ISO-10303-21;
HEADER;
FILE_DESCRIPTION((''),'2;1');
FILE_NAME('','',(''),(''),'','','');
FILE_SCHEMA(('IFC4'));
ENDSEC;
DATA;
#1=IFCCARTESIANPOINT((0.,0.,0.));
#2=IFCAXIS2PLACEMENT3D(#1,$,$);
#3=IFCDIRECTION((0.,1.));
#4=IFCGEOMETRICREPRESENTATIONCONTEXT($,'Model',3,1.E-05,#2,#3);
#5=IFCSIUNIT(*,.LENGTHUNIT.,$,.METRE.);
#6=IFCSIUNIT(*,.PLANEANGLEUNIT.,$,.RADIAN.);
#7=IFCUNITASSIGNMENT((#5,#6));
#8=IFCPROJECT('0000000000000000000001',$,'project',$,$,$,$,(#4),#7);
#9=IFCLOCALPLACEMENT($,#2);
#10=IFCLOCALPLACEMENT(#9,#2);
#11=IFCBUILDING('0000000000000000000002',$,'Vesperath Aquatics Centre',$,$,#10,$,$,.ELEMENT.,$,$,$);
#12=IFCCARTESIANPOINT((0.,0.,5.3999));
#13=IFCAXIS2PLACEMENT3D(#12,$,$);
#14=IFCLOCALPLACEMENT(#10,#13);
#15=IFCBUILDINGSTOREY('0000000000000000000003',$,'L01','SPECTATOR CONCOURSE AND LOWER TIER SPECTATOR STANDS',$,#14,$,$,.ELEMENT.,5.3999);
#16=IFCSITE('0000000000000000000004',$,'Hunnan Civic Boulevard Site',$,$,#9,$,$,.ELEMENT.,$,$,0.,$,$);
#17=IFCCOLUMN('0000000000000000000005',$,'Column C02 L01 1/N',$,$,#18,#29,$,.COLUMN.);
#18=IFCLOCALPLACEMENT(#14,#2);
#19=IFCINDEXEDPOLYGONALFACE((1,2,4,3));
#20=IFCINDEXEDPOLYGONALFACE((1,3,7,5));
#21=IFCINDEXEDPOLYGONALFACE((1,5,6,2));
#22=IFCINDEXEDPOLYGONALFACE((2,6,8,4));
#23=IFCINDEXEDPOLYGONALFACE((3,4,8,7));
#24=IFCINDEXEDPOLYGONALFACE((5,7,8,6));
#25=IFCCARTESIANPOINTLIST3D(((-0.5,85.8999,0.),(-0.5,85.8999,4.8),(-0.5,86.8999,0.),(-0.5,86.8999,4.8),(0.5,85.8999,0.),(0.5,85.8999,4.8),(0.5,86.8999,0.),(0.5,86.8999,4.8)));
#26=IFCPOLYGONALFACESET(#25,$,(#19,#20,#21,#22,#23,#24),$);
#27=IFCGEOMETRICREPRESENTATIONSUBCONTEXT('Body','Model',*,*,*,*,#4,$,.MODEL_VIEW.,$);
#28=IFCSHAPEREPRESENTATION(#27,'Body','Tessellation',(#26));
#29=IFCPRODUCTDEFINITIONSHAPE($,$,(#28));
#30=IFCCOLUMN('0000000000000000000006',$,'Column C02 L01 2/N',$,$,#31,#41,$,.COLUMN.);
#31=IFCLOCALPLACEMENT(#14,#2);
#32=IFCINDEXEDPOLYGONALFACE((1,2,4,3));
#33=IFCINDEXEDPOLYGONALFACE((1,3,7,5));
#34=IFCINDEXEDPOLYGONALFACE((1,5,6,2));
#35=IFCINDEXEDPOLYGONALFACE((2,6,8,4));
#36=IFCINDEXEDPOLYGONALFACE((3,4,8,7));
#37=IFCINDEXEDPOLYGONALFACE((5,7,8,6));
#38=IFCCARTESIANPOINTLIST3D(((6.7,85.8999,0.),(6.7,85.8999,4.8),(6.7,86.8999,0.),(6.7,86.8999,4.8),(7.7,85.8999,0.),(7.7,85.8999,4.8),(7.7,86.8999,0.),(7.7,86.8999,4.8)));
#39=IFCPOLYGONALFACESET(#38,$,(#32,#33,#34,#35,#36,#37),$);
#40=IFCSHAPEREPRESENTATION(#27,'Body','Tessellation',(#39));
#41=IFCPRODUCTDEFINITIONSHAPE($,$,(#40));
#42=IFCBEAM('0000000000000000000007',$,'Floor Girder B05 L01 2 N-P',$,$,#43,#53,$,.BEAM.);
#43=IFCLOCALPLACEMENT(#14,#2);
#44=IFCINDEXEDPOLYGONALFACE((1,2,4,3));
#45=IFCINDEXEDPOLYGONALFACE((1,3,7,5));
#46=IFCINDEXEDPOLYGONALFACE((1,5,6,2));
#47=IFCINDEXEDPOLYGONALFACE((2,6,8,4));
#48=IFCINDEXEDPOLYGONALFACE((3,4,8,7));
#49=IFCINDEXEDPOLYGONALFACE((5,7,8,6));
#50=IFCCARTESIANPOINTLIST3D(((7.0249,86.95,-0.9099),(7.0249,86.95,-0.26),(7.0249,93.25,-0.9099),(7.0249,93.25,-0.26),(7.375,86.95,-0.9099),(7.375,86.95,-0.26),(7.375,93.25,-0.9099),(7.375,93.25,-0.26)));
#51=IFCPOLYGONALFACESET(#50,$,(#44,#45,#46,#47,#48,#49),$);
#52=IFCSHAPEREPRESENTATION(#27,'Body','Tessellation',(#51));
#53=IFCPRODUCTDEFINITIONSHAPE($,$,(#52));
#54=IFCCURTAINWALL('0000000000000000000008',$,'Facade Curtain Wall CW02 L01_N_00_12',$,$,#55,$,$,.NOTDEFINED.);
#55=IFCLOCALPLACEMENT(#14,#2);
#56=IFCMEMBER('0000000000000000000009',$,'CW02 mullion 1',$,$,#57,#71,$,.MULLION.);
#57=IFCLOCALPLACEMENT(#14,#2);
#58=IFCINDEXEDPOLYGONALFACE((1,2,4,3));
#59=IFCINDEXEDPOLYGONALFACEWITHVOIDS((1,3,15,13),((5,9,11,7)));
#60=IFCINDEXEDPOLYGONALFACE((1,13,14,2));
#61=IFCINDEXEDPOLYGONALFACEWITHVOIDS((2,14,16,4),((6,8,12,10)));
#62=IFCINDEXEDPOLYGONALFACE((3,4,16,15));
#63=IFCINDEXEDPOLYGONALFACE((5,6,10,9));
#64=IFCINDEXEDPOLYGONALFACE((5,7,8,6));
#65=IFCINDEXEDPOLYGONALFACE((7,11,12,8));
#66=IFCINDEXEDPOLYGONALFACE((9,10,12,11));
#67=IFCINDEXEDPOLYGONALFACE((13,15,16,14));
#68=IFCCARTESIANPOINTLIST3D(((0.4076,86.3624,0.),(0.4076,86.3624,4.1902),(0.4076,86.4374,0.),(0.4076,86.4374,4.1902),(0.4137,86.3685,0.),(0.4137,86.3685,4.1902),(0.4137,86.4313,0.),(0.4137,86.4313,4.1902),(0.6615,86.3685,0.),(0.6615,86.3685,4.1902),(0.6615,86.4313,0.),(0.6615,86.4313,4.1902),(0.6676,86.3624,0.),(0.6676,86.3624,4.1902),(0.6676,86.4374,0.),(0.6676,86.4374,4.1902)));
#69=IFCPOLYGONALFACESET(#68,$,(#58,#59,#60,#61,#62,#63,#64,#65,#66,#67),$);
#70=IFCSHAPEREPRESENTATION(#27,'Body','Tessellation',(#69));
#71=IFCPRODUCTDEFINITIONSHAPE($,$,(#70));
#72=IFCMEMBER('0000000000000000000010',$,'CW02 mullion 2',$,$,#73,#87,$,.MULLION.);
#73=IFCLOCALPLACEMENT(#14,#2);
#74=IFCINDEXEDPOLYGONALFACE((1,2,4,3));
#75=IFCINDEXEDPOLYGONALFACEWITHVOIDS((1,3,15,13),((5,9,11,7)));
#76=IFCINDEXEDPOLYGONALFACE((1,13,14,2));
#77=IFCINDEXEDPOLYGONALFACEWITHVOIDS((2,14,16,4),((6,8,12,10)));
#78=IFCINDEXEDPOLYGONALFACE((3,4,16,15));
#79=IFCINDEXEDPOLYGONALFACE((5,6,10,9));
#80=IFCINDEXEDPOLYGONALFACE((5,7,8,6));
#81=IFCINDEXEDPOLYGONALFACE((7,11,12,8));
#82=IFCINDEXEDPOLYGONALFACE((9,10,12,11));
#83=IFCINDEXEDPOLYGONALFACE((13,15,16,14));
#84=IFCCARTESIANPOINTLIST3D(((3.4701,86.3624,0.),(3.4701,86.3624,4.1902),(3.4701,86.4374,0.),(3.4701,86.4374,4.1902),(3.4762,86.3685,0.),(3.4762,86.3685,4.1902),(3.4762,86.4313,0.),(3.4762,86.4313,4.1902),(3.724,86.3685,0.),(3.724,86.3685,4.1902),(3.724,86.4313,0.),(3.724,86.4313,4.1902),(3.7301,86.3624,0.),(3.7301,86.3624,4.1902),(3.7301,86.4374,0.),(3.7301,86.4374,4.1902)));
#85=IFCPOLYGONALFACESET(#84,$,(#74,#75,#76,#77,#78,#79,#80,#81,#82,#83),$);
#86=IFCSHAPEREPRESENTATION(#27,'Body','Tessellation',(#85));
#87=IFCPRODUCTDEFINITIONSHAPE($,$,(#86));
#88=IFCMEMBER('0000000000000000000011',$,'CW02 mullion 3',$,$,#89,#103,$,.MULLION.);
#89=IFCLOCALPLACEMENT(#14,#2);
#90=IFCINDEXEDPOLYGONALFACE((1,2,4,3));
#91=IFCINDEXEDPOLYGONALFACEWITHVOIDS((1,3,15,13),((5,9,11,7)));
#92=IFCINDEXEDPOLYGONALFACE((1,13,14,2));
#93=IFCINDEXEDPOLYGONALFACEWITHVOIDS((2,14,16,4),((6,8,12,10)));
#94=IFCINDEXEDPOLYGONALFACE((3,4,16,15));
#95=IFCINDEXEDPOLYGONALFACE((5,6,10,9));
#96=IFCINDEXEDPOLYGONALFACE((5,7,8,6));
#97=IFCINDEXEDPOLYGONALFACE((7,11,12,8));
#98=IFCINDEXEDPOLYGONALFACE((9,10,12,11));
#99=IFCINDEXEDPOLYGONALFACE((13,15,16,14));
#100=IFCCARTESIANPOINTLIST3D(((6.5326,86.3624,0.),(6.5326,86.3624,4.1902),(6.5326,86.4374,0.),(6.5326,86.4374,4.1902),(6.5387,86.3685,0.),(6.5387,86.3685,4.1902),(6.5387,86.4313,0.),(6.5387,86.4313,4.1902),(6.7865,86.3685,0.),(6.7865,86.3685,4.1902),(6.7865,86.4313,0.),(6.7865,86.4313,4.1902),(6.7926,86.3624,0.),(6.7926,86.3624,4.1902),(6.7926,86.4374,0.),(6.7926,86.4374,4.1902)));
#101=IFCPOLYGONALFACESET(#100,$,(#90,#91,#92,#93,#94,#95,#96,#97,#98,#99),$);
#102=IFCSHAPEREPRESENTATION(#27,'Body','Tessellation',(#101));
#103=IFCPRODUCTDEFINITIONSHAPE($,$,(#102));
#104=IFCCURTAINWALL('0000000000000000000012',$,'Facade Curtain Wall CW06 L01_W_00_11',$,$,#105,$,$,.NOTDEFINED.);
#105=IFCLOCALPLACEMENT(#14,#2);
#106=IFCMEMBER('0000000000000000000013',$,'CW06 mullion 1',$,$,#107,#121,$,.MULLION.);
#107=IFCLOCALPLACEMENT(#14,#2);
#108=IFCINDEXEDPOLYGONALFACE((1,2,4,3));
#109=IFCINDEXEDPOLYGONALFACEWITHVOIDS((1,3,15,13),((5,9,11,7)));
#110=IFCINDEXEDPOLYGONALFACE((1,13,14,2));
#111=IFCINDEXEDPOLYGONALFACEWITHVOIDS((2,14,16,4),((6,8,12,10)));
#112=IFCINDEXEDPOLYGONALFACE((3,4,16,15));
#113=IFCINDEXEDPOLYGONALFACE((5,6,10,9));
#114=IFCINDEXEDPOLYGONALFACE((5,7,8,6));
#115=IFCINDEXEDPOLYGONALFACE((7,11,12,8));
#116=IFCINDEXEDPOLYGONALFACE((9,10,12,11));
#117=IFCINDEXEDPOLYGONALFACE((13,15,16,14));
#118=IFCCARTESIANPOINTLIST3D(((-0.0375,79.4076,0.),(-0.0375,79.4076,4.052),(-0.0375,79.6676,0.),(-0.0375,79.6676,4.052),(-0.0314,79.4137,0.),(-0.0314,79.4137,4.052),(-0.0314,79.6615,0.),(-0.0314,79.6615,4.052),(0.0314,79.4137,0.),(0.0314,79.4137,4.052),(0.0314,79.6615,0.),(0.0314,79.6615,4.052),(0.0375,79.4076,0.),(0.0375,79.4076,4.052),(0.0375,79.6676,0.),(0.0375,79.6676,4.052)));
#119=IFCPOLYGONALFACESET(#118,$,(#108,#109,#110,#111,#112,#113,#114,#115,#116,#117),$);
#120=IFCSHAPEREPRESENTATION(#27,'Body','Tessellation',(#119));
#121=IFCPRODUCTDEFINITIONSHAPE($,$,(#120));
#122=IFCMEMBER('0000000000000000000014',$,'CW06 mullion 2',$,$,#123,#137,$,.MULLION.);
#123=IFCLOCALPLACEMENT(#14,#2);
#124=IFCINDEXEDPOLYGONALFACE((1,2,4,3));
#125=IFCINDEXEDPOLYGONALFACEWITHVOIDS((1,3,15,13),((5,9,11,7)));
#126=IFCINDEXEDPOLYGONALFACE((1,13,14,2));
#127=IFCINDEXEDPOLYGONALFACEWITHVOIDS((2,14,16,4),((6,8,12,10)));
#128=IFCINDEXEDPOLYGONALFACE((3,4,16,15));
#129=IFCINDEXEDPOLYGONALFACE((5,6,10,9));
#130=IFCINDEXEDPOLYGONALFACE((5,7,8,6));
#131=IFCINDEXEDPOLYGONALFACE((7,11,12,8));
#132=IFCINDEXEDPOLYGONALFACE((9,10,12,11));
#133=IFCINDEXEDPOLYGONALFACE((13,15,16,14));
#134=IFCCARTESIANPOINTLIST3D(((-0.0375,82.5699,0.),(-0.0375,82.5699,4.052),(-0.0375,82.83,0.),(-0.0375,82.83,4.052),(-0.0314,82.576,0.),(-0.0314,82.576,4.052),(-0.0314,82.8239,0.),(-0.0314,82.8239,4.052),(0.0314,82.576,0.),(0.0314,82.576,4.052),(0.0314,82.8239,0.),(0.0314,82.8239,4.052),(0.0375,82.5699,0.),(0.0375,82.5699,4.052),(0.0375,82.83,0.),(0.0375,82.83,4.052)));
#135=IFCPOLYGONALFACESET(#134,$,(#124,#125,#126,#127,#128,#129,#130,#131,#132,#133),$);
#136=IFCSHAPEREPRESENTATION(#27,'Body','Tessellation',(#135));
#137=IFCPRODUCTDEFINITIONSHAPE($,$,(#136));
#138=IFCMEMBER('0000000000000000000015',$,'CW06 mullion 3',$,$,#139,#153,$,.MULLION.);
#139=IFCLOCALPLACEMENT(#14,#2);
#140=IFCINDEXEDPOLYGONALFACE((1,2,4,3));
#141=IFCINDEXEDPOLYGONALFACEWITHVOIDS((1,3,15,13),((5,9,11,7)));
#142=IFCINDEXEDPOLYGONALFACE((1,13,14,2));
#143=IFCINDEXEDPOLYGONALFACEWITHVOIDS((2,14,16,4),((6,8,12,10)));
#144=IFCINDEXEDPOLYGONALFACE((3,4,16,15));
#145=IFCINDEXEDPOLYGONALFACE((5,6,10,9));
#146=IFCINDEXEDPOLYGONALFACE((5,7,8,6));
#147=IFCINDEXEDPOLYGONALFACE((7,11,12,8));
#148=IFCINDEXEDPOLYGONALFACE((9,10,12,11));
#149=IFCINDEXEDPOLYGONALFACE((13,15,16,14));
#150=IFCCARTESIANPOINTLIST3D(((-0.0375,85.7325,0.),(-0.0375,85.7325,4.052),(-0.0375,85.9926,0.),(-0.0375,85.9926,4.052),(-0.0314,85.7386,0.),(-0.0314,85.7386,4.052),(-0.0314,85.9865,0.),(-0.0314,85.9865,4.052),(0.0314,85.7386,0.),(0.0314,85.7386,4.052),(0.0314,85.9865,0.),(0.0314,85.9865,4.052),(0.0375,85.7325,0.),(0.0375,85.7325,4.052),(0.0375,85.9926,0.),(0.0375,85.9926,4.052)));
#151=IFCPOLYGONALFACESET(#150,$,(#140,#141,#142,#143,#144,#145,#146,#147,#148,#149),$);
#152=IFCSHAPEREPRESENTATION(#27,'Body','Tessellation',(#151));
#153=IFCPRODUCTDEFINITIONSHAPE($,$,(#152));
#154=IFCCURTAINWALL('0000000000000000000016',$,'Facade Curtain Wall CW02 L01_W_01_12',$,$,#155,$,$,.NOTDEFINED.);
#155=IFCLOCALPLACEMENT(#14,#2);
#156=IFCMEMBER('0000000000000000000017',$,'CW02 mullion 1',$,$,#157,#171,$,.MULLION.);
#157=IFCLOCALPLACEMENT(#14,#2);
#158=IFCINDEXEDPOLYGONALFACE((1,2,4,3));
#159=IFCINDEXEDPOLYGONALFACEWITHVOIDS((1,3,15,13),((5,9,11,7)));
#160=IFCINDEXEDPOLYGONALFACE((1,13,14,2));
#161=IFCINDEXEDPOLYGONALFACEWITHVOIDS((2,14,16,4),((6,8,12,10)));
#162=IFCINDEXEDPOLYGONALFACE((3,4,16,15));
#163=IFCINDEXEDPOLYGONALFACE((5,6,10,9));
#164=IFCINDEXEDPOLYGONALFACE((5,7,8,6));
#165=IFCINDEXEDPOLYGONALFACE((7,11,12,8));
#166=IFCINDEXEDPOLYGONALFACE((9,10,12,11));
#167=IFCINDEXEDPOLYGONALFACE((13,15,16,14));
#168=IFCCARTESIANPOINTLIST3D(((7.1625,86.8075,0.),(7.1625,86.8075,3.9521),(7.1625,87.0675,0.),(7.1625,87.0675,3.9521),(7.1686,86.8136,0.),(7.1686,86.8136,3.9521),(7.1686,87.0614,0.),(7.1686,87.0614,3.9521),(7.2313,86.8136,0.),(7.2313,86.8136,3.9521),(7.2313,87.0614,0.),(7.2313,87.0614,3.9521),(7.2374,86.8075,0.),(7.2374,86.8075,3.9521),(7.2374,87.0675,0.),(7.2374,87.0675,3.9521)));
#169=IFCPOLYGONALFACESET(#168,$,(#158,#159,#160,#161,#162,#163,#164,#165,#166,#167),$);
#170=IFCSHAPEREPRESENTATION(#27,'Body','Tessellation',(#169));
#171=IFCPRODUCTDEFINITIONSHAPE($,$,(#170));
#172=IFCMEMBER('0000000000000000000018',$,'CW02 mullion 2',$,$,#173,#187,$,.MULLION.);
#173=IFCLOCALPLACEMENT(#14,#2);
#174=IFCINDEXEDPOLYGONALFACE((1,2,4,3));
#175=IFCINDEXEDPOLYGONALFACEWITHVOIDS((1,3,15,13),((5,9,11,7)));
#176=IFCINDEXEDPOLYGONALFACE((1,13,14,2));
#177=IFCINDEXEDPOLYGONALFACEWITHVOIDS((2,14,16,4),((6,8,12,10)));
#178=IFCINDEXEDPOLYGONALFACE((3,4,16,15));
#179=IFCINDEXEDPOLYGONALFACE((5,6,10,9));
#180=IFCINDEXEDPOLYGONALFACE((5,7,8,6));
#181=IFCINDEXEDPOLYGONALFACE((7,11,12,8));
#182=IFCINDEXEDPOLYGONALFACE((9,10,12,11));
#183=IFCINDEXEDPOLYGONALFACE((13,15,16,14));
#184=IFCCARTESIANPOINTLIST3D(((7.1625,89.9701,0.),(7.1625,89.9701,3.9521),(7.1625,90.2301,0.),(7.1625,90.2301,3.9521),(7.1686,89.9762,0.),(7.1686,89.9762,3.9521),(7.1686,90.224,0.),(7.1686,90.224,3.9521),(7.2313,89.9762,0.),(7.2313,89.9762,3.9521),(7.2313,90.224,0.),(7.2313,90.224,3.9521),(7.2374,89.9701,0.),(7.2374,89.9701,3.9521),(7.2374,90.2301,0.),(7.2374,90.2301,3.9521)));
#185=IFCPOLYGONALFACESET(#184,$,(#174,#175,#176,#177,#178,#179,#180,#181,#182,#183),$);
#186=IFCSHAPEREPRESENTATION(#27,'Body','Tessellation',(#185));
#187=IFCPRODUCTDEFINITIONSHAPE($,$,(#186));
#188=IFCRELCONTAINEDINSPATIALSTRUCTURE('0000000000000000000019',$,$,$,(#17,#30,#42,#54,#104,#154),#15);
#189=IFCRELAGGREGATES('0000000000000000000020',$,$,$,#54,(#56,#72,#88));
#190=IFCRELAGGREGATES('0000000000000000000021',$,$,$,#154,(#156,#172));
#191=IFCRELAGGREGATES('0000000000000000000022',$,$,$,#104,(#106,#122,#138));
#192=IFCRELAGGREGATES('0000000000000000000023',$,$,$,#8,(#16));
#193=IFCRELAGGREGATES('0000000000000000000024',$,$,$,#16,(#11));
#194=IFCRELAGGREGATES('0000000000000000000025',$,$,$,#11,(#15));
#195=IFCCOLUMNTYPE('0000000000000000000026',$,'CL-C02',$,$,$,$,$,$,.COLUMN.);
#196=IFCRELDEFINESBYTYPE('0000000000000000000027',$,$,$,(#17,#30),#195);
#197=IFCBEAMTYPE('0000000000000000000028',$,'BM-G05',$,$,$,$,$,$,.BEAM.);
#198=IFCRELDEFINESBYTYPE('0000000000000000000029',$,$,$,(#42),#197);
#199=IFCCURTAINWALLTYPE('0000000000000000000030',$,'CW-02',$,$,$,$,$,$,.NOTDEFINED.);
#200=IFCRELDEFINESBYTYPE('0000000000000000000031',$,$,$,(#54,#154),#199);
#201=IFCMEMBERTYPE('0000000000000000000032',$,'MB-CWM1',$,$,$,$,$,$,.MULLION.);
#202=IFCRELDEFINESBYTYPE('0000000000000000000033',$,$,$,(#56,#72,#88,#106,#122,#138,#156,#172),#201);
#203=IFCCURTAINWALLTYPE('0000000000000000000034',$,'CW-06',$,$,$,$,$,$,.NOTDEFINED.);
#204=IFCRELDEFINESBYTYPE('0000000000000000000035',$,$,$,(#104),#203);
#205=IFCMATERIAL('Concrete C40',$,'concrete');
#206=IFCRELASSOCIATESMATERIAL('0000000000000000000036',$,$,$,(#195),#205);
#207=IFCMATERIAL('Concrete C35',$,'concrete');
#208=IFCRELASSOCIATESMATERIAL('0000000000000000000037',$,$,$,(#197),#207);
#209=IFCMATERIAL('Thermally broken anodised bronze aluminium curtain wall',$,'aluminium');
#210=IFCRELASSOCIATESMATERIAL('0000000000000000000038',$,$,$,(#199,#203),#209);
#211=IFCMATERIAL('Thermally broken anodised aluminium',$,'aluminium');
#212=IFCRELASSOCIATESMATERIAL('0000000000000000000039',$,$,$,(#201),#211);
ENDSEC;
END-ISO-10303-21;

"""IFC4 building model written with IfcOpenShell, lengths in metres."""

from ifc_helpers import new_model, si_unit, direction, frame, origin, origin_2d, place, context, subcontext, project, spatial, rectangle, hollow_rectangle, extrude, material, material_profile, profile_set, type_object, element, aggregate, save


model = new_model("IFC4")

# Units and contexts
model_context = context("Model", 3, precision=1e-05, world=origin(), true_north=direction((0.0, 1.0)))
body_context = subcontext(model_context, "Body", "Model", "MODEL_VIEW")
ifc_project = project(units=[si_unit("LENGTHUNIT", "METRE"), si_unit("PLANEANGLEUNIT", "RADIAN")], contexts=[model_context])

# Site, building, storey
site_placement = place(None, origin())
site = spatial("IfcSite", under=ifc_project, at=site_placement, Name="Hunnan Civic Boulevard Site", CompositionType="ELEMENT", RefElevation=0.0)
building_placement = place(site_placement, origin())
building = spatial("IfcBuilding", under=site, at=building_placement, Name="Vesperath Aquatics Centre", CompositionType="ELEMENT")
storey_placement = place(building_placement, frame((0.0, 0.0, 5.3999)))
storey = spatial("IfcBuildingStorey", under=building, at=storey_placement, Name="L01", Description="SPECTATOR CONCOURSE AND LOWER TIER SPECTATOR STANDS", CompositionType="ELEMENT", Elevation=5.3999)

# Columns
ifc_material_1 = material(Name="Concrete C40", Category="concrete")
ifc_material_profile_1 = material_profile(ifc_material_1, rectangle(XDim=1.0, YDim=1.0, at=origin_2d()), Name="RC 1000x1000")
ifc_profile_set_1 = profile_set([ifc_material_profile_1], Name="Concrete C40")
column_type = type_object("IfcColumnType", Name="CL-C02", PredefinedType="COLUMN", material=ifc_profile_set_1)
for number, where, z_axis, x_axis, name in (
    (1, (0.0, 86.3999, 0.0), (0.0, 0.0, 1.0), (1.0, 0.0, 0.0), "Column C02 L01 1/N"),
    (2, (7.2, 86.3999, 0.0), (0.0, 0.0, 1.0), (1.0, 0.0, 0.0), "Column C02 L01 2/N"),
):
    element("IfcColumn", number, at=place(storey_placement, frame(where, z_axis=z_axis, x_axis=x_axis)), inside=storey, type_object=column_type, Name=name, PredefinedType="COLUMN", context=body_context, shape_type="SweptSolid", body=[
        extrude(rectangle(XDim=1.0, YDim=1.0, at=origin_2d()), origin(), (0.0, 0.0, 1.0), 4.8),
    ])

# Beam
ifc_material_2 = material(Name="Concrete C35", Category="concrete")
ifc_material_profile_2 = material_profile(ifc_material_2, rectangle(XDim=0.3501, YDim=0.6499, at=origin_2d()), Name="RC 350x650")
ifc_profile_set_2 = profile_set([ifc_material_profile_2], Name="Concrete C35")
beam_type = type_object("IfcBeamType", Name="BM-G05", PredefinedType="BEAM", material=ifc_profile_set_2)
beam_placement = place(storey_placement, frame((7.2, 86.95, -0.585), z_axis=(0.0, 1.0, 0.0), x_axis=(-1.0, 0.0, 0.0)))
element("IfcBeam", 3, at=beam_placement, inside=storey, type_object=beam_type, Name="Floor Girder B05 L01 2 N-P", PredefinedType="BEAM", context=body_context, shape_type="SweptSolid", body=[
    extrude(rectangle(XDim=0.3501, YDim=0.6499, at=origin_2d()), origin(), (0.0, 0.0, 1.0), 6.3),
])

# Curtain walls, members
ifc_material_3 = material(Name="Thermally broken anodised bronze aluminium curtain wall", Category="aluminium")
curtain_wall_type_1 = type_object("IfcCurtainWallType", Name="CW-02", PredefinedType="NOTDEFINED", material=ifc_material_3)
curtain_wall_1_placement = place(storey_placement, origin())
curtain_wall_1 = element("IfcCurtainWall", 4, at=curtain_wall_1_placement, inside=storey, type_object=curtain_wall_type_1, Name="Facade Curtain Wall CW02 L01_N_00_12", PredefinedType="NOTDEFINED")
ifc_material_4 = material(Name="Thermally broken anodised aluminium", Category="aluminium")
ifc_material_profile_3 = material_profile(ifc_material_4, hollow_rectangle(XDim=0.075, YDim=0.26, WallThickness=0.0061, at=origin_2d()), Name="CWM 75x260x6")
ifc_profile_set_3 = profile_set([ifc_material_profile_3], Name="Thermally broken anodised aluminium")
member_type_1 = type_object("IfcMemberType", Name="MB-CWM1", PredefinedType="MULLION", material=ifc_profile_set_3)
member_1_placement = place(storey_placement, frame((0.5376, 86.3999, 0.0), z_axis=(0.0, 0.0, 1.0), x_axis=(0.0, 1.0, 0.0)))
member_1 = element("IfcMember", 5, at=member_1_placement, type_object=member_type_1, Name="CW02 mullion 1", PredefinedType="MULLION", context=body_context, shape_type="SweptSolid", body=[
    extrude(hollow_rectangle(XDim=0.075, YDim=0.26, WallThickness=0.0061, at=origin_2d()), origin(), (0.0, 0.0, 1.0), 4.1902),
])
member_2_placement = place(storey_placement, frame((3.6001, 86.3999, 0.0), z_axis=(0.0, 0.0, 1.0), x_axis=(0.0, 1.0, 0.0)))
member_2 = element("IfcMember", 6, at=member_2_placement, type_object=member_type_1, Name="CW02 mullion 2", PredefinedType="MULLION", context=body_context, shape_type="SweptSolid", body=[
    extrude(hollow_rectangle(XDim=0.075, YDim=0.26, WallThickness=0.0061, at=origin_2d()), origin(), (0.0, 0.0, 1.0), 4.1902),
])
member_3_placement = place(storey_placement, frame((6.6626, 86.3999, 0.0), z_axis=(0.0, 0.0, 1.0), x_axis=(0.0, 1.0, 0.0)))
member_3 = element("IfcMember", 7, at=member_3_placement, type_object=member_type_1, Name="CW02 mullion 3", PredefinedType="MULLION", context=body_context, shape_type="SweptSolid", body=[
    extrude(hollow_rectangle(XDim=0.075, YDim=0.26, WallThickness=0.0061, at=origin_2d()), origin(), (0.0, 0.0, 1.0), 4.1902),
])
curtain_wall_type_2 = type_object("IfcCurtainWallType", Name="CW-06", PredefinedType="NOTDEFINED", material=ifc_material_3)
curtain_wall_2_placement = place(storey_placement, origin())
curtain_wall_2 = element("IfcCurtainWall", 8, at=curtain_wall_2_placement, inside=storey, type_object=curtain_wall_type_2, Name="Facade Curtain Wall CW06 L01_W_00_11", PredefinedType="NOTDEFINED")
member_4_placement = place(storey_placement, frame((0.0, 79.5376, 0.0), z_axis=(0.0, 0.0, 1.0), x_axis=(-1.0, 0.0, 0.0)))
member_4 = element("IfcMember", 9, at=member_4_placement, type_object=member_type_1, Name="CW06 mullion 1", PredefinedType="MULLION", context=body_context, shape_type="SweptSolid", body=[
    extrude(hollow_rectangle(XDim=0.075, YDim=0.26, WallThickness=0.0061, at=origin_2d()), origin(), (0.0, 0.0, 1.0), 4.052),
])
member_5_placement = place(storey_placement, frame((0.0, 82.7, 0.0), z_axis=(0.0, 0.0, 1.0), x_axis=(-1.0, 0.0, 0.0)))
member_5 = element("IfcMember", 10, at=member_5_placement, type_object=member_type_1, Name="CW06 mullion 2", PredefinedType="MULLION", context=body_context, shape_type="SweptSolid", body=[
    extrude(hollow_rectangle(XDim=0.075, YDim=0.26, WallThickness=0.0061, at=origin_2d()), origin(), (0.0, 0.0, 1.0), 4.052),
])
member_6_placement = place(storey_placement, frame((0.0, 85.8625, 0.0), z_axis=(0.0, 0.0, 1.0), x_axis=(-1.0, 0.0, 0.0)))
member_6 = element("IfcMember", 11, at=member_6_placement, type_object=member_type_1, Name="CW06 mullion 3", PredefinedType="MULLION", context=body_context, shape_type="SweptSolid", body=[
    extrude(hollow_rectangle(XDim=0.075, YDim=0.26, WallThickness=0.0061, at=origin_2d()), origin(), (0.0, 0.0, 1.0), 4.052),
])
curtain_wall_3_placement = place(storey_placement, origin())
curtain_wall_3 = element("IfcCurtainWall", 12, at=curtain_wall_3_placement, inside=storey, type_object=curtain_wall_type_1, Name="Facade Curtain Wall CW02 L01_W_01_12", PredefinedType="NOTDEFINED")
member_7_placement = place(storey_placement, frame((7.2, 86.9375, 0.0), z_axis=(0.0, 0.0, 1.0), x_axis=(-1.0, 0.0, 0.0)))
member_7 = element("IfcMember", 13, at=member_7_placement, type_object=member_type_1, Name="CW02 mullion 1", PredefinedType="MULLION", context=body_context, shape_type="SweptSolid", body=[
    extrude(hollow_rectangle(XDim=0.075, YDim=0.26, WallThickness=0.0061, at=origin_2d()), origin(), (0.0, 0.0, 1.0), 3.9521),
])
member_8_placement = place(storey_placement, frame((7.2, 90.1001, 0.0), z_axis=(0.0, 0.0, 1.0), x_axis=(-1.0, 0.0, 0.0)))
member_8 = element("IfcMember", 14, at=member_8_placement, type_object=member_type_1, Name="CW02 mullion 2", PredefinedType="MULLION", context=body_context, shape_type="SweptSolid", body=[
    extrude(hollow_rectangle(XDim=0.075, YDim=0.26, WallThickness=0.0061, at=origin_2d()), origin(), (0.0, 0.0, 1.0), 3.9521),
])

aggregate(curtain_wall_1, [member_1, member_2, member_3])
aggregate(curtain_wall_3, [member_7, member_8])
aggregate(curtain_wall_2, [member_4, member_5, member_6])

save(model, "model.ifc")
